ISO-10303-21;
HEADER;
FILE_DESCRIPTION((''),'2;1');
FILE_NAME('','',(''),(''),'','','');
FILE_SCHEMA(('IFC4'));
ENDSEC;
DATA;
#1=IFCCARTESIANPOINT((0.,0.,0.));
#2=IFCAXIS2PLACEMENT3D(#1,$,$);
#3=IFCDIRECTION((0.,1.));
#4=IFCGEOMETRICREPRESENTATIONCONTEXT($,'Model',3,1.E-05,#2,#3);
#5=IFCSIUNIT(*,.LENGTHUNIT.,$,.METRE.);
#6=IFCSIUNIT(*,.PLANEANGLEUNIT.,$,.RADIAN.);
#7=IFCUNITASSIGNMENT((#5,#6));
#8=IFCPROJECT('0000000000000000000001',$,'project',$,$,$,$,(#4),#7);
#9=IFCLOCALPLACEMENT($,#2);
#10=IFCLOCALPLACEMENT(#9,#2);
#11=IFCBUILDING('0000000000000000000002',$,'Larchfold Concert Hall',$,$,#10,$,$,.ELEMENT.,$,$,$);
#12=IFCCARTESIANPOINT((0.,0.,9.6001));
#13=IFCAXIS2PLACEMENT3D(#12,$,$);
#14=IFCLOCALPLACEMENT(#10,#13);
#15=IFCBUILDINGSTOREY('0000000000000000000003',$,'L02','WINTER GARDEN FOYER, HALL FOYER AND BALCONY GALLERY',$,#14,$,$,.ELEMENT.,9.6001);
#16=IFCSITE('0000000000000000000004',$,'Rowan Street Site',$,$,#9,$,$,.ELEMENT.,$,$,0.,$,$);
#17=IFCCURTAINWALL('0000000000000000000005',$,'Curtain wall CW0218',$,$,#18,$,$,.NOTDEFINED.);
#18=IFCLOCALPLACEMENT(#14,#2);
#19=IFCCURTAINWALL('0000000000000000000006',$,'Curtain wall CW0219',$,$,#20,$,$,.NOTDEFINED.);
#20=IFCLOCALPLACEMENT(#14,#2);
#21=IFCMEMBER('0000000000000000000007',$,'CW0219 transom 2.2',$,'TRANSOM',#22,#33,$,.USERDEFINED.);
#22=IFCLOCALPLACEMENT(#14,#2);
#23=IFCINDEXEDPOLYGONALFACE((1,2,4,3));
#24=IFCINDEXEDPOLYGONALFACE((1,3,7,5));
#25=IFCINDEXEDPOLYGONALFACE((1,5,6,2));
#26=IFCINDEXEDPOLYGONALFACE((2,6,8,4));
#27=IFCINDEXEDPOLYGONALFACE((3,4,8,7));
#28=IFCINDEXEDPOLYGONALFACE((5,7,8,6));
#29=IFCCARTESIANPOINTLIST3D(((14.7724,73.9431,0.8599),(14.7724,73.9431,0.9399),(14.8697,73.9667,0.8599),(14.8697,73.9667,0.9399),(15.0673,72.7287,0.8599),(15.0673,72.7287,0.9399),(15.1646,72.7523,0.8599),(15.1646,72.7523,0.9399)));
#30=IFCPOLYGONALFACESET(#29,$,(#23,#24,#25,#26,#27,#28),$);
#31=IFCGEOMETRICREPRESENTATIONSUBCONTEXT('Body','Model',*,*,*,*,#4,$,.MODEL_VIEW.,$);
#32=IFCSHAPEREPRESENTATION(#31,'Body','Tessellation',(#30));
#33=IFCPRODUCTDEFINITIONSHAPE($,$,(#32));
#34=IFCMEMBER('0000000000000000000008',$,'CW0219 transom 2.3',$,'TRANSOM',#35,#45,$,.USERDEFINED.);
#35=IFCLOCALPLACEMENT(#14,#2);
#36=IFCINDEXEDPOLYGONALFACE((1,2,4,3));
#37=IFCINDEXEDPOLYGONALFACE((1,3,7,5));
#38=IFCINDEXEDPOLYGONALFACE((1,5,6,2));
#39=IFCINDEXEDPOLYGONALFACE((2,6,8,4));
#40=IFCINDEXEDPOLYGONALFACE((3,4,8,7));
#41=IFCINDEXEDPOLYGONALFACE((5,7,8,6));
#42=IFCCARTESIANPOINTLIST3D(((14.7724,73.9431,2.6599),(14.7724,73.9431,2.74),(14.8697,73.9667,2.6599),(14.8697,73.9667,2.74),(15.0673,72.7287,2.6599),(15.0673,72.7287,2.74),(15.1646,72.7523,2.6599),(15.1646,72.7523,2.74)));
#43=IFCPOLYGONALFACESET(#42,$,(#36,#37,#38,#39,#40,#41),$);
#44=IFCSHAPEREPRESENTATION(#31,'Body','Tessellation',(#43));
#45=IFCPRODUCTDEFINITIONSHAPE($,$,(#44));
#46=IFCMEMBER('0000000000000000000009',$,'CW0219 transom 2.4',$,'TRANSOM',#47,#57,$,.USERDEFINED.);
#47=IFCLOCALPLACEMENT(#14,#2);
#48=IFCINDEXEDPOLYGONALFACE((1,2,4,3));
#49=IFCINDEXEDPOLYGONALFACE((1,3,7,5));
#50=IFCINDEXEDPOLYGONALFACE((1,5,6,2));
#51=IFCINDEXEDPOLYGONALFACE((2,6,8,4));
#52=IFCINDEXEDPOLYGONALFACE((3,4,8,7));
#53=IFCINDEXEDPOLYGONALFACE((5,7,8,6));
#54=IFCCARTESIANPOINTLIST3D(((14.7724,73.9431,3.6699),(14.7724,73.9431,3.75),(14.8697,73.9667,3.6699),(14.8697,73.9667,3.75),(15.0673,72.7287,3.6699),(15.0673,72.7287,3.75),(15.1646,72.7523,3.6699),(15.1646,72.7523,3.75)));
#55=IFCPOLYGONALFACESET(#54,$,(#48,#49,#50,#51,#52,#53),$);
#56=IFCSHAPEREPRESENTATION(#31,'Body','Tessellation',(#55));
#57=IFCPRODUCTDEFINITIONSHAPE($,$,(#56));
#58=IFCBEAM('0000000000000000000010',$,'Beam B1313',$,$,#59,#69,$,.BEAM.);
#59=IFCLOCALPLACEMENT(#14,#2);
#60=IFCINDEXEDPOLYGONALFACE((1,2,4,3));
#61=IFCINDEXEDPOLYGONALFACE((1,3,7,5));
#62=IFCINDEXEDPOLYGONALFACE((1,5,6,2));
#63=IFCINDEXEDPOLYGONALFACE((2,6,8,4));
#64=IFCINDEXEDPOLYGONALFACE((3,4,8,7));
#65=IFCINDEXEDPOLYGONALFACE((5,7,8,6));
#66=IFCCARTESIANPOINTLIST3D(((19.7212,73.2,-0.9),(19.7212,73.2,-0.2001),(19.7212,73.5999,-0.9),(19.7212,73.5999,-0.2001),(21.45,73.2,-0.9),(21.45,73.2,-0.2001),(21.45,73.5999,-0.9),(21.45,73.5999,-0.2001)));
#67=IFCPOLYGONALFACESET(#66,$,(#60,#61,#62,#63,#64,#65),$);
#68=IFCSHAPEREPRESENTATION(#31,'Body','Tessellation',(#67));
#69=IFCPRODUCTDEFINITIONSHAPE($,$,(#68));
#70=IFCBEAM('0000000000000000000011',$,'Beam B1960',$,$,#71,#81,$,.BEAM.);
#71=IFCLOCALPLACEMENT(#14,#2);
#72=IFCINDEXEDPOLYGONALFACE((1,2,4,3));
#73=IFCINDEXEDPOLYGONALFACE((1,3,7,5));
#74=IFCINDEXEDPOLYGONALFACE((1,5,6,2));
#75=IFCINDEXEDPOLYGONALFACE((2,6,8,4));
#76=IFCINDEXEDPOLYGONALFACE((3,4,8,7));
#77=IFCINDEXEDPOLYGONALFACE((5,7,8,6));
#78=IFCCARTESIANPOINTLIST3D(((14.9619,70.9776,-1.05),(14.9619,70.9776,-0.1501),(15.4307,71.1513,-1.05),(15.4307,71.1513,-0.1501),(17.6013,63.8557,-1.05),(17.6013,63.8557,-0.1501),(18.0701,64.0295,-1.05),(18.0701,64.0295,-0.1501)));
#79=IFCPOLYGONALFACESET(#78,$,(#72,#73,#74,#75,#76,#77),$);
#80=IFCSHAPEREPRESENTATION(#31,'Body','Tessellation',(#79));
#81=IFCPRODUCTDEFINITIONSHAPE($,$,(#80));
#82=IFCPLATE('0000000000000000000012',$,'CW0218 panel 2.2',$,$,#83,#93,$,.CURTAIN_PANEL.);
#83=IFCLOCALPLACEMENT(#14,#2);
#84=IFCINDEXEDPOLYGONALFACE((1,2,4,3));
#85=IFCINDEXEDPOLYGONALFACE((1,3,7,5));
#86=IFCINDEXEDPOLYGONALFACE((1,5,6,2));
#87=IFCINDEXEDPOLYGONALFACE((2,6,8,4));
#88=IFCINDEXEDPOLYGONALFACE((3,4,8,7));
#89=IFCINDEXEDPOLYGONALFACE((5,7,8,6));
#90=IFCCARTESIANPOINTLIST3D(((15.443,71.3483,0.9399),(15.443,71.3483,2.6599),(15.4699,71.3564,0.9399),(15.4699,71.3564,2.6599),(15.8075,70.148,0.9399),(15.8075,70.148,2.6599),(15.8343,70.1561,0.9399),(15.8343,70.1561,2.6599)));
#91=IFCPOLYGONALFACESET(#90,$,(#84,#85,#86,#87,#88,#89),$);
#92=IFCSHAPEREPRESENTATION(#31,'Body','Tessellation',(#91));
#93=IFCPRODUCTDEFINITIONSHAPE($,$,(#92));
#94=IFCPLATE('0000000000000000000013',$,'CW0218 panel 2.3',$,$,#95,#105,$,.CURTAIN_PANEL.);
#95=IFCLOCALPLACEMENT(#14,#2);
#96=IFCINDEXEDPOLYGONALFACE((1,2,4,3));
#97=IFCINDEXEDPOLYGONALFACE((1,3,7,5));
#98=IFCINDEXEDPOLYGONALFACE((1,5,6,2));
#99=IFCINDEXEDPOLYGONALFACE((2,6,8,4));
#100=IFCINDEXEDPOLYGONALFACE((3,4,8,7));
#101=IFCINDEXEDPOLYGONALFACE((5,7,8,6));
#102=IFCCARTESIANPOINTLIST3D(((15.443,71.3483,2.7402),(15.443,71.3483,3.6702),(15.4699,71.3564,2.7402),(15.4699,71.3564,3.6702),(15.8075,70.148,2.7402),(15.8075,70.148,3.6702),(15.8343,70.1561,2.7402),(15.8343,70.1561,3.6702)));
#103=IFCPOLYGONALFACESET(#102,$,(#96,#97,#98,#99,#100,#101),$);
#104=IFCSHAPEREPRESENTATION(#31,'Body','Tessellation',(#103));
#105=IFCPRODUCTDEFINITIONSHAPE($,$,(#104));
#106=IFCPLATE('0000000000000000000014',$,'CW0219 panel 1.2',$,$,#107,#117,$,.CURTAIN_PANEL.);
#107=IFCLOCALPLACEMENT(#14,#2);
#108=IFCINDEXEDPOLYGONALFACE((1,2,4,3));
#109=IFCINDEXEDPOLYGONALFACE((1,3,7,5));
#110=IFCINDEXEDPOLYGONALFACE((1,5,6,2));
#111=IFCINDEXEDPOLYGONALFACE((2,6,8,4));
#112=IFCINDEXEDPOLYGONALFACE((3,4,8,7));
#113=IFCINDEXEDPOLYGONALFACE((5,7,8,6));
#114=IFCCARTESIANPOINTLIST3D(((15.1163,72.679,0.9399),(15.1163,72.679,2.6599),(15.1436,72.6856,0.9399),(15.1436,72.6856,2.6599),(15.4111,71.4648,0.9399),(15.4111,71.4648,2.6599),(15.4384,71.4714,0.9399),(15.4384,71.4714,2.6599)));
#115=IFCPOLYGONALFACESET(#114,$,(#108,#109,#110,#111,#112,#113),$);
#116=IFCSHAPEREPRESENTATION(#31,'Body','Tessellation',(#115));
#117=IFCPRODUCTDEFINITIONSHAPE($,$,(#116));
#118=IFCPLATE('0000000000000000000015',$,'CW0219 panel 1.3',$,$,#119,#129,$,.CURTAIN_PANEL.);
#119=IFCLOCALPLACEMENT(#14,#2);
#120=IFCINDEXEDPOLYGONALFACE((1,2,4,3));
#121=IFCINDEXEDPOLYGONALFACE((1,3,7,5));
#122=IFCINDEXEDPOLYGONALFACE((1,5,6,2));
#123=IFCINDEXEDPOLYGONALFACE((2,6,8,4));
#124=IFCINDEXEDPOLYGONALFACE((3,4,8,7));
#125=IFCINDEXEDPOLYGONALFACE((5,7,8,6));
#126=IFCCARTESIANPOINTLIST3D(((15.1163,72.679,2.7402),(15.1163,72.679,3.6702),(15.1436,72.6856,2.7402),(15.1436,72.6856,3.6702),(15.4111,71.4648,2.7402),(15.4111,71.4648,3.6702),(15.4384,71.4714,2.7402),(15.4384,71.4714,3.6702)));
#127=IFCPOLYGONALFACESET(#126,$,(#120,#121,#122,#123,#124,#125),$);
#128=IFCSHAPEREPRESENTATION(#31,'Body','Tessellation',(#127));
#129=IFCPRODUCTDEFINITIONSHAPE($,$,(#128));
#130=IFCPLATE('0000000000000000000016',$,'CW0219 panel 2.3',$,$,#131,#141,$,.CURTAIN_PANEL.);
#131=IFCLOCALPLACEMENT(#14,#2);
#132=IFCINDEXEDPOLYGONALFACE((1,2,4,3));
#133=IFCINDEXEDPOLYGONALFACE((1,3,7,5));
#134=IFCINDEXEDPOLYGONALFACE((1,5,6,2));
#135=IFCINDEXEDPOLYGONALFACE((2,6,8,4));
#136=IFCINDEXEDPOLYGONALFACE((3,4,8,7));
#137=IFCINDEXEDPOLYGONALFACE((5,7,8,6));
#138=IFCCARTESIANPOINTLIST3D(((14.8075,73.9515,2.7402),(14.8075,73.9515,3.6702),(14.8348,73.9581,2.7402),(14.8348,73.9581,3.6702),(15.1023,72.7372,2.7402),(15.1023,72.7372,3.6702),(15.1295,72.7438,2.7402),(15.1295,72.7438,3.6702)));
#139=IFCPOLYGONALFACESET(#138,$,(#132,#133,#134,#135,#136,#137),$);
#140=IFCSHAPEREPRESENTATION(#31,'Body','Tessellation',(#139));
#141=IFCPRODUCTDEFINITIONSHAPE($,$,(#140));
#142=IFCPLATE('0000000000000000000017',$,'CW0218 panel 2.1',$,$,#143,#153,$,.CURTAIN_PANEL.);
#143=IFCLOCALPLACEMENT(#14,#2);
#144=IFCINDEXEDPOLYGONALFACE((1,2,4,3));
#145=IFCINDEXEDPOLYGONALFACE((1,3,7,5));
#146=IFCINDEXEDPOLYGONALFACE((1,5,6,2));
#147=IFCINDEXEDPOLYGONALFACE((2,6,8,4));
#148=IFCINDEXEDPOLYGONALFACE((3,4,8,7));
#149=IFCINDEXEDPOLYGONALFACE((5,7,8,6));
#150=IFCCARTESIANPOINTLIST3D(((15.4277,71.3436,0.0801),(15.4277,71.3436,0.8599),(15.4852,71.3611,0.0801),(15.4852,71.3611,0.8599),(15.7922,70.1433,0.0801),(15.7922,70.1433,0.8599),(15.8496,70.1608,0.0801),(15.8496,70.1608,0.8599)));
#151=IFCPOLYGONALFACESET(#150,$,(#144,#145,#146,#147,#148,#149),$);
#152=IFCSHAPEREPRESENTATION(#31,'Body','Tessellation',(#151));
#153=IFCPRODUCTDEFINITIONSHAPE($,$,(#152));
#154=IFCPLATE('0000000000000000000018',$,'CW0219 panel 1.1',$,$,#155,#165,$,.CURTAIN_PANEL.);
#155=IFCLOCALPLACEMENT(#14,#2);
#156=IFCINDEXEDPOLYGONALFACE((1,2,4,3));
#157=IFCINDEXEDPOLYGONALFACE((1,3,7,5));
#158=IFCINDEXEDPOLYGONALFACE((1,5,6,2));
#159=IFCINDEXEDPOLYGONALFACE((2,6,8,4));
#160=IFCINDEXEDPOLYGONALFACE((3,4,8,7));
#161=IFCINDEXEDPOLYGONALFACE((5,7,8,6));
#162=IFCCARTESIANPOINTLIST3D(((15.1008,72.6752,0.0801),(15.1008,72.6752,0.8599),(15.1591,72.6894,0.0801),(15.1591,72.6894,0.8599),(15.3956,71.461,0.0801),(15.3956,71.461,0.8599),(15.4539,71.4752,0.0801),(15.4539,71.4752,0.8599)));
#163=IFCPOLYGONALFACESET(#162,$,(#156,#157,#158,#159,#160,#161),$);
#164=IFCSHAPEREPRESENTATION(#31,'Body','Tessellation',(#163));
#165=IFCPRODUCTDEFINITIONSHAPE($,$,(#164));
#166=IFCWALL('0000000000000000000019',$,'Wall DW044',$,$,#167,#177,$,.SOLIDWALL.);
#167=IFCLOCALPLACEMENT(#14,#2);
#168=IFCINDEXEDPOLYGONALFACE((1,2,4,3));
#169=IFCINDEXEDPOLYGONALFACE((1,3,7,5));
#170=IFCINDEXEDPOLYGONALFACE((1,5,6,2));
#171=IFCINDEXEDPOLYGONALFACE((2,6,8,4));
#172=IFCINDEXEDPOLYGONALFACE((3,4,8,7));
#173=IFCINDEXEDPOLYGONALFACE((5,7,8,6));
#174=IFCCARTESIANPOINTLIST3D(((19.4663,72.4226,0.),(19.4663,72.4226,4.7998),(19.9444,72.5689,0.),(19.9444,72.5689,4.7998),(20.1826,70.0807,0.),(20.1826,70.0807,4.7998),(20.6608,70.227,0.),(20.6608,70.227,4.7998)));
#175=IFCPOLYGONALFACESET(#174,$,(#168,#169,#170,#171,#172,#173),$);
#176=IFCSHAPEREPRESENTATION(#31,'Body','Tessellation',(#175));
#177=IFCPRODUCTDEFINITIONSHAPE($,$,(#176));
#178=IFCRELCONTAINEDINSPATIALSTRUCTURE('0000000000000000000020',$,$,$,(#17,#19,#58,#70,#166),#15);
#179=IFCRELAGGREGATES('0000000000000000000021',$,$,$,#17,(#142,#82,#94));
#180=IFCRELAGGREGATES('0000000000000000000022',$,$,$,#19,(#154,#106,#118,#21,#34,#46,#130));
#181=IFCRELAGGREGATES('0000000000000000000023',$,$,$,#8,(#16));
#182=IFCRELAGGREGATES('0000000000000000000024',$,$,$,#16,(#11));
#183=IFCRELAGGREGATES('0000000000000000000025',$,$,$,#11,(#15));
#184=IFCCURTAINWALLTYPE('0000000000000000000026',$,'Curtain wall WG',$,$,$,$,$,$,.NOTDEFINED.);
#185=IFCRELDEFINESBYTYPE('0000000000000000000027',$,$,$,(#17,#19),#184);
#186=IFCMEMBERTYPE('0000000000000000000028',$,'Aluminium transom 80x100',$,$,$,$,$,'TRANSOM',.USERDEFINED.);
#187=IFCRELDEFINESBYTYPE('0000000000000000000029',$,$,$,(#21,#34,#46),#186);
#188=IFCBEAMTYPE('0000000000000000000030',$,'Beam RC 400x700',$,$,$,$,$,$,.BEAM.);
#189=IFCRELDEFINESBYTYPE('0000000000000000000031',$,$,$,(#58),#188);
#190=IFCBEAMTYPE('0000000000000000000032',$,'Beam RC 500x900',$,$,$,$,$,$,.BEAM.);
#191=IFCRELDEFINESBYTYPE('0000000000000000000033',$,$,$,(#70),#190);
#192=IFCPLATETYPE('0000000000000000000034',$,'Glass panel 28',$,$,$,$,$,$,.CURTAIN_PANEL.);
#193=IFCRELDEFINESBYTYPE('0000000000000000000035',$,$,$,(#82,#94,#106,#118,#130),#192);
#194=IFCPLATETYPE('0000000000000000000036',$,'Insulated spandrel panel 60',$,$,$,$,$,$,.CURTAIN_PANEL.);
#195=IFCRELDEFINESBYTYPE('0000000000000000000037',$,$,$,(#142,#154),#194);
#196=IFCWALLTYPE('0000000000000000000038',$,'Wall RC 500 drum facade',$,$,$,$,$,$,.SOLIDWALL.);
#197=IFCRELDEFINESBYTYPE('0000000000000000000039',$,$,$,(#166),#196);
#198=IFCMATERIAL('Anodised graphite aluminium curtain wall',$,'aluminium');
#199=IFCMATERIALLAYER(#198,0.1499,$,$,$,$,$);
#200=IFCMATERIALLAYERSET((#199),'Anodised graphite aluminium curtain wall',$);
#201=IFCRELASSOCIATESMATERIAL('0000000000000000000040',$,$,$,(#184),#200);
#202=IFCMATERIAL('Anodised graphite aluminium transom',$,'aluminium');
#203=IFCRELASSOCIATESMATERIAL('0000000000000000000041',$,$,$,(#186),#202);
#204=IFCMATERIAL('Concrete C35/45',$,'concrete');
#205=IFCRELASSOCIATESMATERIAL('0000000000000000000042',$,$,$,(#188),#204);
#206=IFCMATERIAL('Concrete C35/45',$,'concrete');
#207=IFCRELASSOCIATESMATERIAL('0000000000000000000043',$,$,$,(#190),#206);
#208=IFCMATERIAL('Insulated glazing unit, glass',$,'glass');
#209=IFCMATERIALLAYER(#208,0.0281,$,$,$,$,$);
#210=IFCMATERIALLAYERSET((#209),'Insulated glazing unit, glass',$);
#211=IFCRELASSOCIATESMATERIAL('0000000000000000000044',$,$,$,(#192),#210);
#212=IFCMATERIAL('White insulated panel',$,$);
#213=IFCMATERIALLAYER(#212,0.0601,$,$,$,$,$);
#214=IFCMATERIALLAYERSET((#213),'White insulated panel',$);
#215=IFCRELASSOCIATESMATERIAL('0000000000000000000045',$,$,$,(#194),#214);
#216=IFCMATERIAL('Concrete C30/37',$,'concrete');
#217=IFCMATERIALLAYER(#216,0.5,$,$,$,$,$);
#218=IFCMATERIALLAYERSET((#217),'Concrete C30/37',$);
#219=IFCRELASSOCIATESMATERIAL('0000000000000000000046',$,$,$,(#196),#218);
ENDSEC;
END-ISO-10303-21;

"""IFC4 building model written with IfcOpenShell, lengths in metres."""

from ifc_helpers import new_model, si_unit, direction, frame, frame_2d, origin, origin_2d, place, context, subcontext, project, spatial, rectangle, extrude, material, layer, layer_set, material_profile, profile_set, type_object, element, aggregate, save


model = new_model("IFC4")

# Units and contexts
model_context = context("Model", 3, precision=1e-05, world=origin(), true_north=direction((0.0, 1.0)))
body_context = subcontext(model_context, "Body", "Model", "MODEL_VIEW")
ifc_project = project(units=[si_unit("LENGTHUNIT", "METRE"), si_unit("PLANEANGLEUNIT", "RADIAN")], contexts=[model_context])

# Site, building, storey
site_placement = place(None, origin())
site = spatial("IfcSite", under=ifc_project, at=site_placement, Name="Rowan Street Site", CompositionType="ELEMENT", RefElevation=0.0)
building_placement = place(site_placement, origin())
building = spatial("IfcBuilding", under=site, at=building_placement, Name="Larchfold Concert Hall", CompositionType="ELEMENT")
storey_placement = place(building_placement, frame((0.0, 0.0, 9.6001)))
storey = spatial("IfcBuildingStorey", under=building, at=storey_placement, Name="L02", Description="WINTER GARDEN FOYER, HALL FOYER AND BALCONY GALLERY", CompositionType="ELEMENT", Elevation=9.6001)

# Curtain walls
ifc_material_1 = material(Name="Anodised graphite aluminium curtain wall", Category="aluminium")
ifc_layer_1 = layer(ifc_material_1, 0.1499)
ifc_layer_set_1 = layer_set([ifc_layer_1], Name="Anodised graphite aluminium curtain wall")
curtain_wall_type = type_object("IfcCurtainWallType", Name="Curtain wall WG", PredefinedType="NOTDEFINED", material=ifc_layer_set_1)
curtain_wall_1_placement = place(storey_placement, origin())
curtain_wall_1 = element("IfcCurtainWall", 1, at=curtain_wall_1_placement, inside=storey, type_object=curtain_wall_type, Name="Curtain wall CW0218", PredefinedType="NOTDEFINED")
curtain_wall_2_placement = place(storey_placement, origin())
curtain_wall_2 = element("IfcCurtainWall", 2, at=curtain_wall_2_placement, inside=storey, type_object=curtain_wall_type, Name="Curtain wall CW0219", PredefinedType="NOTDEFINED")

# Members
ifc_material_2 = material(Name="Anodised graphite aluminium transom", Category="aluminium")
ifc_material_profile_1 = material_profile(ifc_material_2, rectangle(XDim=0.1001, YDim=0.0801, at=origin_2d()))
ifc_profile_set_1 = profile_set([ifc_material_profile_1], Name="Anodised graphite aluminium transom")
member_type_1 = type_object("IfcMemberType", Name="Aluminium transom 80x100", ElementType="TRANSOM", PredefinedType="USERDEFINED", material=ifc_profile_set_1)
member_1_placement = place(storey_placement, frame((15.116, 72.7405, 0.8999), z_axis=(-0.236003, 0.971752, 0.0), x_axis=(-0.971752, -0.236003, 0.0)))
member_1 = element("IfcMember", 3, at=member_1_placement, type_object=member_type_1, Name="CW0219 transom 2.2", ObjectType="TRANSOM", PredefinedType="USERDEFINED", context=body_context, shape_type="SweptSolid", body=[
    extrude(rectangle(XDim=0.1001, YDim=0.0801, at=origin_2d()), origin(), (0.0, 0.0, 1.0), 1.2498),
])
member_2_placement = place(storey_placement, frame((15.116, 72.7405, 2.7), z_axis=(-0.236003, 0.971752, 0.0), x_axis=(-0.971752, -0.236003, 0.0)))
member_2 = element("IfcMember", 4, at=member_2_placement, type_object=member_type_1, Name="CW0219 transom 2.3", ObjectType="TRANSOM", PredefinedType="USERDEFINED", context=body_context, shape_type="SweptSolid", body=[
    extrude(rectangle(XDim=0.1001, YDim=0.0801, at=origin_2d()), origin(), (0.0, 0.0, 1.0), 1.2498),
])
member_3_placement = place(storey_placement, frame((15.116, 72.7405, 3.71), z_axis=(-0.236003, 0.971752, 0.0), x_axis=(-0.971752, -0.236003, 0.0)))
member_3 = element("IfcMember", 5, at=member_3_placement, type_object=member_type_1, Name="CW0219 transom 2.4", ObjectType="TRANSOM", PredefinedType="USERDEFINED", context=body_context, shape_type="SweptSolid", body=[
    extrude(rectangle(XDim=0.1001, YDim=0.0801, at=origin_2d()), origin(), (0.0, 0.0, 1.0), 1.2498),
])

# Beams
ifc_material_3 = material(Name="Concrete C35/45", Category="concrete")
ifc_material_profile_2 = material_profile(ifc_material_3, rectangle(XDim=0.3999, YDim=0.7, at=origin_2d()))
ifc_profile_set_2 = profile_set([ifc_material_profile_2], Name="Concrete C35/45")
beam_type_1 = type_object("IfcBeamType", Name="Beam RC 400x700", PredefinedType="BEAM", material=ifc_profile_set_2)
beam_1_placement = place(storey_placement, frame((19.7212, 73.3999, -0.55), z_axis=(1.0, 0.0, 0.0), x_axis=(0.0, 1.0, 0.0)))
element("IfcBeam", 6, at=beam_1_placement, inside=storey, type_object=beam_type_1, Name="Beam B1313", PredefinedType="BEAM", context=body_context, shape_type="SweptSolid", body=[
    extrude(rectangle(XDim=0.3999, YDim=0.7, at=origin_2d()), origin(), (0.0, 0.0, 1.0), 1.7288),
])
ifc_material_4 = material(Name="Concrete C35/45", Category="concrete")
ifc_material_profile_3 = material_profile(ifc_material_4, rectangle(XDim=0.5, YDim=0.8999, at=origin_2d()))
ifc_profile_set_3 = profile_set([ifc_material_profile_3], Name="Concrete C35/45")
beam_type_2 = type_object("IfcBeamType", Name="Beam RC 500x900", PredefinedType="BEAM", material=ifc_profile_set_3)
beam_2_placement = place(storey_placement, frame((15.1963, 71.0645, -0.6001), z_axis=(0.34751, -0.937676, 0.0), x_axis=(0.937676, 0.34751, 0.0)))
element("IfcBeam", 7, at=beam_2_placement, inside=storey, type_object=beam_type_2, Name="Beam B1960", PredefinedType="BEAM", context=body_context, shape_type="SweptSolid", body=[
    extrude(rectangle(XDim=0.5, YDim=0.8999, at=origin_2d()), origin(), (0.0, 0.0, 1.0), 7.5952),
])

# Plates
ifc_material_5 = material(Name="Insulated glazing unit, glass", Category="glass")
ifc_layer_2 = layer(ifc_material_5, 0.0281)
ifc_layer_set_2 = layer_set([ifc_layer_2], Name="Insulated glazing unit, glass")
plate_type_1 = type_object("IfcPlateType", Name="Glass panel 28", PredefinedType="CURTAIN_PANEL", material=ifc_layer_set_2)
plate_1_placement = place(storey_placement, frame((15.6387, 70.7522, 0.9399), z_axis=(0.0, 0.0, 1.0), x_axis=(-0.290562, 0.956856, 0.0)))
plate_1 = element("IfcPlate", 8, at=plate_1_placement, type_object=plate_type_1, Name="CW0218 panel 2.2", PredefinedType="CURTAIN_PANEL", context=body_context, shape_type="SweptSolid", body=[
    extrude(rectangle(XDim=1.2544, YDim=0.0281, at=origin_2d()), origin(), (0.0, 0.0, 1.0), 1.72),
])
plate_2_placement = place(storey_placement, frame((15.6387, 70.7522, 2.7402), z_axis=(0.0, 0.0, 1.0), x_axis=(-0.290562, 0.956856, 0.0)))
plate_2 = element("IfcPlate", 9, at=plate_2_placement, type_object=plate_type_1, Name="CW0218 panel 2.3", PredefinedType="CURTAIN_PANEL", context=body_context, shape_type="SweptSolid", body=[
    extrude(rectangle(XDim=1.2544, YDim=0.0281, at=origin_2d()), origin(), (0.0, 0.0, 1.0), 0.9299),
])
plate_3_placement = place(storey_placement, frame((15.2773, 72.0752, 0.9399), z_axis=(0.0, 0.0, 1.0), x_axis=(-0.235926, 0.971771, 0.0)))
plate_3 = element("IfcPlate", 10, at=plate_3_placement, type_object=plate_type_1, Name="CW0219 panel 1.2", PredefinedType="CURTAIN_PANEL", context=body_context, shape_type="SweptSolid", body=[
    extrude(rectangle(XDim=1.2495, YDim=0.0281, at=origin_2d()), origin(), (0.0, 0.0, 1.0), 1.72),
])
plate_4_placement = place(storey_placement, frame((15.2773, 72.0752, 2.7402), z_axis=(0.0, 0.0, 1.0), x_axis=(-0.235926, 0.971771, 0.0)))
plate_4 = element("IfcPlate", 11, at=plate_4_placement, type_object=plate_type_1, Name="CW0219 panel 1.3", PredefinedType="CURTAIN_PANEL", context=body_context, shape_type="SweptSolid", body=[
    extrude(rectangle(XDim=1.2495, YDim=0.0281, at=origin_2d()), origin(), (0.0, 0.0, 1.0), 0.9299),
])
plate_5_placement = place(storey_placement, frame((14.9685, 73.3477, 2.7402), z_axis=(0.0, 0.0, 1.0), x_axis=(-0.235926, 0.971771, 0.0)))
plate_5 = element("IfcPlate", 12, at=plate_5_placement, type_object=plate_type_1, Name="CW0219 panel 2.3", PredefinedType="CURTAIN_PANEL", context=body_context, shape_type="SweptSolid", body=[
    extrude(rectangle(XDim=1.2495, YDim=0.0281, at=origin_2d()), origin(), (0.0, 0.0, 1.0), 0.9299),
])
ifc_material_6 = material(Name="White insulated panel")
ifc_layer_3 = layer(ifc_material_6, 0.0601)
ifc_layer_set_3 = layer_set([ifc_layer_3], Name="White insulated panel")
plate_type_2 = type_object("IfcPlateType", Name="Insulated spandrel panel 60", PredefinedType="CURTAIN_PANEL", material=ifc_layer_set_3)
plate_6_placement = place(storey_placement, frame((15.6387, 70.7522, 0.0801), z_axis=(0.0, 0.0, 1.0), x_axis=(-0.290562, 0.956856, 0.0)))
plate_6 = element("IfcPlate", 13, at=plate_6_placement, type_object=plate_type_2, Name="CW0218 panel 2.1", PredefinedType="CURTAIN_PANEL", context=body_context, shape_type="SweptSolid", body=[
    extrude(rectangle(XDim=1.2544, YDim=0.0601, at=origin_2d()), origin(), (0.0, 0.0, 1.0), 0.7798),
])
aggregate(curtain_wall_1, [plate_6, plate_1, plate_2])
plate_7_placement = place(storey_placement, frame((15.2773, 72.0752, 0.0801), z_axis=(0.0, 0.0, 1.0), x_axis=(-0.235926, 0.971771, 0.0)))
plate_7 = element("IfcPlate", 14, at=plate_7_placement, type_object=plate_type_2, Name="CW0219 panel 1.1", PredefinedType="CURTAIN_PANEL", context=body_context, shape_type="SweptSolid", body=[
    extrude(rectangle(XDim=1.2495, YDim=0.0601, at=origin_2d()), origin(), (0.0, 0.0, 1.0), 0.7798),
])
aggregate(curtain_wall_2, [plate_7, plate_3, plate_4, member_1, member_2, member_3, plate_5])

# Wall
ifc_material_7 = material(Name="Concrete C30/37", Category="concrete")
ifc_layer_4 = layer(ifc_material_7, 0.5)
ifc_layer_set_4 = layer_set([ifc_layer_4], Name="Concrete C30/37")
wall_type = type_object("IfcWallType", Name="Wall RC 500 drum facade", PredefinedType="SOLIDWALL", material=ifc_layer_set_4)
wall_placement = place(storey_placement, frame((19.7053, 72.4958, 0.0), z_axis=(0.0, 0.0, 1.0), x_axis=(0.292502, -0.956265, 0.0)))
element("IfcWall", 15, at=wall_placement, inside=storey, type_object=wall_type, Name="Wall DW044", PredefinedType="SOLIDWALL", context=body_context, shape_type="SweptSolid", body=[
    extrude(rectangle(XDim=2.449, YDim=0.5, at=frame_2d((1.2246, 0.0))), origin(), (0.0, 0.0, 1.0), 4.7998),
])

save(model, "model.ifc")
